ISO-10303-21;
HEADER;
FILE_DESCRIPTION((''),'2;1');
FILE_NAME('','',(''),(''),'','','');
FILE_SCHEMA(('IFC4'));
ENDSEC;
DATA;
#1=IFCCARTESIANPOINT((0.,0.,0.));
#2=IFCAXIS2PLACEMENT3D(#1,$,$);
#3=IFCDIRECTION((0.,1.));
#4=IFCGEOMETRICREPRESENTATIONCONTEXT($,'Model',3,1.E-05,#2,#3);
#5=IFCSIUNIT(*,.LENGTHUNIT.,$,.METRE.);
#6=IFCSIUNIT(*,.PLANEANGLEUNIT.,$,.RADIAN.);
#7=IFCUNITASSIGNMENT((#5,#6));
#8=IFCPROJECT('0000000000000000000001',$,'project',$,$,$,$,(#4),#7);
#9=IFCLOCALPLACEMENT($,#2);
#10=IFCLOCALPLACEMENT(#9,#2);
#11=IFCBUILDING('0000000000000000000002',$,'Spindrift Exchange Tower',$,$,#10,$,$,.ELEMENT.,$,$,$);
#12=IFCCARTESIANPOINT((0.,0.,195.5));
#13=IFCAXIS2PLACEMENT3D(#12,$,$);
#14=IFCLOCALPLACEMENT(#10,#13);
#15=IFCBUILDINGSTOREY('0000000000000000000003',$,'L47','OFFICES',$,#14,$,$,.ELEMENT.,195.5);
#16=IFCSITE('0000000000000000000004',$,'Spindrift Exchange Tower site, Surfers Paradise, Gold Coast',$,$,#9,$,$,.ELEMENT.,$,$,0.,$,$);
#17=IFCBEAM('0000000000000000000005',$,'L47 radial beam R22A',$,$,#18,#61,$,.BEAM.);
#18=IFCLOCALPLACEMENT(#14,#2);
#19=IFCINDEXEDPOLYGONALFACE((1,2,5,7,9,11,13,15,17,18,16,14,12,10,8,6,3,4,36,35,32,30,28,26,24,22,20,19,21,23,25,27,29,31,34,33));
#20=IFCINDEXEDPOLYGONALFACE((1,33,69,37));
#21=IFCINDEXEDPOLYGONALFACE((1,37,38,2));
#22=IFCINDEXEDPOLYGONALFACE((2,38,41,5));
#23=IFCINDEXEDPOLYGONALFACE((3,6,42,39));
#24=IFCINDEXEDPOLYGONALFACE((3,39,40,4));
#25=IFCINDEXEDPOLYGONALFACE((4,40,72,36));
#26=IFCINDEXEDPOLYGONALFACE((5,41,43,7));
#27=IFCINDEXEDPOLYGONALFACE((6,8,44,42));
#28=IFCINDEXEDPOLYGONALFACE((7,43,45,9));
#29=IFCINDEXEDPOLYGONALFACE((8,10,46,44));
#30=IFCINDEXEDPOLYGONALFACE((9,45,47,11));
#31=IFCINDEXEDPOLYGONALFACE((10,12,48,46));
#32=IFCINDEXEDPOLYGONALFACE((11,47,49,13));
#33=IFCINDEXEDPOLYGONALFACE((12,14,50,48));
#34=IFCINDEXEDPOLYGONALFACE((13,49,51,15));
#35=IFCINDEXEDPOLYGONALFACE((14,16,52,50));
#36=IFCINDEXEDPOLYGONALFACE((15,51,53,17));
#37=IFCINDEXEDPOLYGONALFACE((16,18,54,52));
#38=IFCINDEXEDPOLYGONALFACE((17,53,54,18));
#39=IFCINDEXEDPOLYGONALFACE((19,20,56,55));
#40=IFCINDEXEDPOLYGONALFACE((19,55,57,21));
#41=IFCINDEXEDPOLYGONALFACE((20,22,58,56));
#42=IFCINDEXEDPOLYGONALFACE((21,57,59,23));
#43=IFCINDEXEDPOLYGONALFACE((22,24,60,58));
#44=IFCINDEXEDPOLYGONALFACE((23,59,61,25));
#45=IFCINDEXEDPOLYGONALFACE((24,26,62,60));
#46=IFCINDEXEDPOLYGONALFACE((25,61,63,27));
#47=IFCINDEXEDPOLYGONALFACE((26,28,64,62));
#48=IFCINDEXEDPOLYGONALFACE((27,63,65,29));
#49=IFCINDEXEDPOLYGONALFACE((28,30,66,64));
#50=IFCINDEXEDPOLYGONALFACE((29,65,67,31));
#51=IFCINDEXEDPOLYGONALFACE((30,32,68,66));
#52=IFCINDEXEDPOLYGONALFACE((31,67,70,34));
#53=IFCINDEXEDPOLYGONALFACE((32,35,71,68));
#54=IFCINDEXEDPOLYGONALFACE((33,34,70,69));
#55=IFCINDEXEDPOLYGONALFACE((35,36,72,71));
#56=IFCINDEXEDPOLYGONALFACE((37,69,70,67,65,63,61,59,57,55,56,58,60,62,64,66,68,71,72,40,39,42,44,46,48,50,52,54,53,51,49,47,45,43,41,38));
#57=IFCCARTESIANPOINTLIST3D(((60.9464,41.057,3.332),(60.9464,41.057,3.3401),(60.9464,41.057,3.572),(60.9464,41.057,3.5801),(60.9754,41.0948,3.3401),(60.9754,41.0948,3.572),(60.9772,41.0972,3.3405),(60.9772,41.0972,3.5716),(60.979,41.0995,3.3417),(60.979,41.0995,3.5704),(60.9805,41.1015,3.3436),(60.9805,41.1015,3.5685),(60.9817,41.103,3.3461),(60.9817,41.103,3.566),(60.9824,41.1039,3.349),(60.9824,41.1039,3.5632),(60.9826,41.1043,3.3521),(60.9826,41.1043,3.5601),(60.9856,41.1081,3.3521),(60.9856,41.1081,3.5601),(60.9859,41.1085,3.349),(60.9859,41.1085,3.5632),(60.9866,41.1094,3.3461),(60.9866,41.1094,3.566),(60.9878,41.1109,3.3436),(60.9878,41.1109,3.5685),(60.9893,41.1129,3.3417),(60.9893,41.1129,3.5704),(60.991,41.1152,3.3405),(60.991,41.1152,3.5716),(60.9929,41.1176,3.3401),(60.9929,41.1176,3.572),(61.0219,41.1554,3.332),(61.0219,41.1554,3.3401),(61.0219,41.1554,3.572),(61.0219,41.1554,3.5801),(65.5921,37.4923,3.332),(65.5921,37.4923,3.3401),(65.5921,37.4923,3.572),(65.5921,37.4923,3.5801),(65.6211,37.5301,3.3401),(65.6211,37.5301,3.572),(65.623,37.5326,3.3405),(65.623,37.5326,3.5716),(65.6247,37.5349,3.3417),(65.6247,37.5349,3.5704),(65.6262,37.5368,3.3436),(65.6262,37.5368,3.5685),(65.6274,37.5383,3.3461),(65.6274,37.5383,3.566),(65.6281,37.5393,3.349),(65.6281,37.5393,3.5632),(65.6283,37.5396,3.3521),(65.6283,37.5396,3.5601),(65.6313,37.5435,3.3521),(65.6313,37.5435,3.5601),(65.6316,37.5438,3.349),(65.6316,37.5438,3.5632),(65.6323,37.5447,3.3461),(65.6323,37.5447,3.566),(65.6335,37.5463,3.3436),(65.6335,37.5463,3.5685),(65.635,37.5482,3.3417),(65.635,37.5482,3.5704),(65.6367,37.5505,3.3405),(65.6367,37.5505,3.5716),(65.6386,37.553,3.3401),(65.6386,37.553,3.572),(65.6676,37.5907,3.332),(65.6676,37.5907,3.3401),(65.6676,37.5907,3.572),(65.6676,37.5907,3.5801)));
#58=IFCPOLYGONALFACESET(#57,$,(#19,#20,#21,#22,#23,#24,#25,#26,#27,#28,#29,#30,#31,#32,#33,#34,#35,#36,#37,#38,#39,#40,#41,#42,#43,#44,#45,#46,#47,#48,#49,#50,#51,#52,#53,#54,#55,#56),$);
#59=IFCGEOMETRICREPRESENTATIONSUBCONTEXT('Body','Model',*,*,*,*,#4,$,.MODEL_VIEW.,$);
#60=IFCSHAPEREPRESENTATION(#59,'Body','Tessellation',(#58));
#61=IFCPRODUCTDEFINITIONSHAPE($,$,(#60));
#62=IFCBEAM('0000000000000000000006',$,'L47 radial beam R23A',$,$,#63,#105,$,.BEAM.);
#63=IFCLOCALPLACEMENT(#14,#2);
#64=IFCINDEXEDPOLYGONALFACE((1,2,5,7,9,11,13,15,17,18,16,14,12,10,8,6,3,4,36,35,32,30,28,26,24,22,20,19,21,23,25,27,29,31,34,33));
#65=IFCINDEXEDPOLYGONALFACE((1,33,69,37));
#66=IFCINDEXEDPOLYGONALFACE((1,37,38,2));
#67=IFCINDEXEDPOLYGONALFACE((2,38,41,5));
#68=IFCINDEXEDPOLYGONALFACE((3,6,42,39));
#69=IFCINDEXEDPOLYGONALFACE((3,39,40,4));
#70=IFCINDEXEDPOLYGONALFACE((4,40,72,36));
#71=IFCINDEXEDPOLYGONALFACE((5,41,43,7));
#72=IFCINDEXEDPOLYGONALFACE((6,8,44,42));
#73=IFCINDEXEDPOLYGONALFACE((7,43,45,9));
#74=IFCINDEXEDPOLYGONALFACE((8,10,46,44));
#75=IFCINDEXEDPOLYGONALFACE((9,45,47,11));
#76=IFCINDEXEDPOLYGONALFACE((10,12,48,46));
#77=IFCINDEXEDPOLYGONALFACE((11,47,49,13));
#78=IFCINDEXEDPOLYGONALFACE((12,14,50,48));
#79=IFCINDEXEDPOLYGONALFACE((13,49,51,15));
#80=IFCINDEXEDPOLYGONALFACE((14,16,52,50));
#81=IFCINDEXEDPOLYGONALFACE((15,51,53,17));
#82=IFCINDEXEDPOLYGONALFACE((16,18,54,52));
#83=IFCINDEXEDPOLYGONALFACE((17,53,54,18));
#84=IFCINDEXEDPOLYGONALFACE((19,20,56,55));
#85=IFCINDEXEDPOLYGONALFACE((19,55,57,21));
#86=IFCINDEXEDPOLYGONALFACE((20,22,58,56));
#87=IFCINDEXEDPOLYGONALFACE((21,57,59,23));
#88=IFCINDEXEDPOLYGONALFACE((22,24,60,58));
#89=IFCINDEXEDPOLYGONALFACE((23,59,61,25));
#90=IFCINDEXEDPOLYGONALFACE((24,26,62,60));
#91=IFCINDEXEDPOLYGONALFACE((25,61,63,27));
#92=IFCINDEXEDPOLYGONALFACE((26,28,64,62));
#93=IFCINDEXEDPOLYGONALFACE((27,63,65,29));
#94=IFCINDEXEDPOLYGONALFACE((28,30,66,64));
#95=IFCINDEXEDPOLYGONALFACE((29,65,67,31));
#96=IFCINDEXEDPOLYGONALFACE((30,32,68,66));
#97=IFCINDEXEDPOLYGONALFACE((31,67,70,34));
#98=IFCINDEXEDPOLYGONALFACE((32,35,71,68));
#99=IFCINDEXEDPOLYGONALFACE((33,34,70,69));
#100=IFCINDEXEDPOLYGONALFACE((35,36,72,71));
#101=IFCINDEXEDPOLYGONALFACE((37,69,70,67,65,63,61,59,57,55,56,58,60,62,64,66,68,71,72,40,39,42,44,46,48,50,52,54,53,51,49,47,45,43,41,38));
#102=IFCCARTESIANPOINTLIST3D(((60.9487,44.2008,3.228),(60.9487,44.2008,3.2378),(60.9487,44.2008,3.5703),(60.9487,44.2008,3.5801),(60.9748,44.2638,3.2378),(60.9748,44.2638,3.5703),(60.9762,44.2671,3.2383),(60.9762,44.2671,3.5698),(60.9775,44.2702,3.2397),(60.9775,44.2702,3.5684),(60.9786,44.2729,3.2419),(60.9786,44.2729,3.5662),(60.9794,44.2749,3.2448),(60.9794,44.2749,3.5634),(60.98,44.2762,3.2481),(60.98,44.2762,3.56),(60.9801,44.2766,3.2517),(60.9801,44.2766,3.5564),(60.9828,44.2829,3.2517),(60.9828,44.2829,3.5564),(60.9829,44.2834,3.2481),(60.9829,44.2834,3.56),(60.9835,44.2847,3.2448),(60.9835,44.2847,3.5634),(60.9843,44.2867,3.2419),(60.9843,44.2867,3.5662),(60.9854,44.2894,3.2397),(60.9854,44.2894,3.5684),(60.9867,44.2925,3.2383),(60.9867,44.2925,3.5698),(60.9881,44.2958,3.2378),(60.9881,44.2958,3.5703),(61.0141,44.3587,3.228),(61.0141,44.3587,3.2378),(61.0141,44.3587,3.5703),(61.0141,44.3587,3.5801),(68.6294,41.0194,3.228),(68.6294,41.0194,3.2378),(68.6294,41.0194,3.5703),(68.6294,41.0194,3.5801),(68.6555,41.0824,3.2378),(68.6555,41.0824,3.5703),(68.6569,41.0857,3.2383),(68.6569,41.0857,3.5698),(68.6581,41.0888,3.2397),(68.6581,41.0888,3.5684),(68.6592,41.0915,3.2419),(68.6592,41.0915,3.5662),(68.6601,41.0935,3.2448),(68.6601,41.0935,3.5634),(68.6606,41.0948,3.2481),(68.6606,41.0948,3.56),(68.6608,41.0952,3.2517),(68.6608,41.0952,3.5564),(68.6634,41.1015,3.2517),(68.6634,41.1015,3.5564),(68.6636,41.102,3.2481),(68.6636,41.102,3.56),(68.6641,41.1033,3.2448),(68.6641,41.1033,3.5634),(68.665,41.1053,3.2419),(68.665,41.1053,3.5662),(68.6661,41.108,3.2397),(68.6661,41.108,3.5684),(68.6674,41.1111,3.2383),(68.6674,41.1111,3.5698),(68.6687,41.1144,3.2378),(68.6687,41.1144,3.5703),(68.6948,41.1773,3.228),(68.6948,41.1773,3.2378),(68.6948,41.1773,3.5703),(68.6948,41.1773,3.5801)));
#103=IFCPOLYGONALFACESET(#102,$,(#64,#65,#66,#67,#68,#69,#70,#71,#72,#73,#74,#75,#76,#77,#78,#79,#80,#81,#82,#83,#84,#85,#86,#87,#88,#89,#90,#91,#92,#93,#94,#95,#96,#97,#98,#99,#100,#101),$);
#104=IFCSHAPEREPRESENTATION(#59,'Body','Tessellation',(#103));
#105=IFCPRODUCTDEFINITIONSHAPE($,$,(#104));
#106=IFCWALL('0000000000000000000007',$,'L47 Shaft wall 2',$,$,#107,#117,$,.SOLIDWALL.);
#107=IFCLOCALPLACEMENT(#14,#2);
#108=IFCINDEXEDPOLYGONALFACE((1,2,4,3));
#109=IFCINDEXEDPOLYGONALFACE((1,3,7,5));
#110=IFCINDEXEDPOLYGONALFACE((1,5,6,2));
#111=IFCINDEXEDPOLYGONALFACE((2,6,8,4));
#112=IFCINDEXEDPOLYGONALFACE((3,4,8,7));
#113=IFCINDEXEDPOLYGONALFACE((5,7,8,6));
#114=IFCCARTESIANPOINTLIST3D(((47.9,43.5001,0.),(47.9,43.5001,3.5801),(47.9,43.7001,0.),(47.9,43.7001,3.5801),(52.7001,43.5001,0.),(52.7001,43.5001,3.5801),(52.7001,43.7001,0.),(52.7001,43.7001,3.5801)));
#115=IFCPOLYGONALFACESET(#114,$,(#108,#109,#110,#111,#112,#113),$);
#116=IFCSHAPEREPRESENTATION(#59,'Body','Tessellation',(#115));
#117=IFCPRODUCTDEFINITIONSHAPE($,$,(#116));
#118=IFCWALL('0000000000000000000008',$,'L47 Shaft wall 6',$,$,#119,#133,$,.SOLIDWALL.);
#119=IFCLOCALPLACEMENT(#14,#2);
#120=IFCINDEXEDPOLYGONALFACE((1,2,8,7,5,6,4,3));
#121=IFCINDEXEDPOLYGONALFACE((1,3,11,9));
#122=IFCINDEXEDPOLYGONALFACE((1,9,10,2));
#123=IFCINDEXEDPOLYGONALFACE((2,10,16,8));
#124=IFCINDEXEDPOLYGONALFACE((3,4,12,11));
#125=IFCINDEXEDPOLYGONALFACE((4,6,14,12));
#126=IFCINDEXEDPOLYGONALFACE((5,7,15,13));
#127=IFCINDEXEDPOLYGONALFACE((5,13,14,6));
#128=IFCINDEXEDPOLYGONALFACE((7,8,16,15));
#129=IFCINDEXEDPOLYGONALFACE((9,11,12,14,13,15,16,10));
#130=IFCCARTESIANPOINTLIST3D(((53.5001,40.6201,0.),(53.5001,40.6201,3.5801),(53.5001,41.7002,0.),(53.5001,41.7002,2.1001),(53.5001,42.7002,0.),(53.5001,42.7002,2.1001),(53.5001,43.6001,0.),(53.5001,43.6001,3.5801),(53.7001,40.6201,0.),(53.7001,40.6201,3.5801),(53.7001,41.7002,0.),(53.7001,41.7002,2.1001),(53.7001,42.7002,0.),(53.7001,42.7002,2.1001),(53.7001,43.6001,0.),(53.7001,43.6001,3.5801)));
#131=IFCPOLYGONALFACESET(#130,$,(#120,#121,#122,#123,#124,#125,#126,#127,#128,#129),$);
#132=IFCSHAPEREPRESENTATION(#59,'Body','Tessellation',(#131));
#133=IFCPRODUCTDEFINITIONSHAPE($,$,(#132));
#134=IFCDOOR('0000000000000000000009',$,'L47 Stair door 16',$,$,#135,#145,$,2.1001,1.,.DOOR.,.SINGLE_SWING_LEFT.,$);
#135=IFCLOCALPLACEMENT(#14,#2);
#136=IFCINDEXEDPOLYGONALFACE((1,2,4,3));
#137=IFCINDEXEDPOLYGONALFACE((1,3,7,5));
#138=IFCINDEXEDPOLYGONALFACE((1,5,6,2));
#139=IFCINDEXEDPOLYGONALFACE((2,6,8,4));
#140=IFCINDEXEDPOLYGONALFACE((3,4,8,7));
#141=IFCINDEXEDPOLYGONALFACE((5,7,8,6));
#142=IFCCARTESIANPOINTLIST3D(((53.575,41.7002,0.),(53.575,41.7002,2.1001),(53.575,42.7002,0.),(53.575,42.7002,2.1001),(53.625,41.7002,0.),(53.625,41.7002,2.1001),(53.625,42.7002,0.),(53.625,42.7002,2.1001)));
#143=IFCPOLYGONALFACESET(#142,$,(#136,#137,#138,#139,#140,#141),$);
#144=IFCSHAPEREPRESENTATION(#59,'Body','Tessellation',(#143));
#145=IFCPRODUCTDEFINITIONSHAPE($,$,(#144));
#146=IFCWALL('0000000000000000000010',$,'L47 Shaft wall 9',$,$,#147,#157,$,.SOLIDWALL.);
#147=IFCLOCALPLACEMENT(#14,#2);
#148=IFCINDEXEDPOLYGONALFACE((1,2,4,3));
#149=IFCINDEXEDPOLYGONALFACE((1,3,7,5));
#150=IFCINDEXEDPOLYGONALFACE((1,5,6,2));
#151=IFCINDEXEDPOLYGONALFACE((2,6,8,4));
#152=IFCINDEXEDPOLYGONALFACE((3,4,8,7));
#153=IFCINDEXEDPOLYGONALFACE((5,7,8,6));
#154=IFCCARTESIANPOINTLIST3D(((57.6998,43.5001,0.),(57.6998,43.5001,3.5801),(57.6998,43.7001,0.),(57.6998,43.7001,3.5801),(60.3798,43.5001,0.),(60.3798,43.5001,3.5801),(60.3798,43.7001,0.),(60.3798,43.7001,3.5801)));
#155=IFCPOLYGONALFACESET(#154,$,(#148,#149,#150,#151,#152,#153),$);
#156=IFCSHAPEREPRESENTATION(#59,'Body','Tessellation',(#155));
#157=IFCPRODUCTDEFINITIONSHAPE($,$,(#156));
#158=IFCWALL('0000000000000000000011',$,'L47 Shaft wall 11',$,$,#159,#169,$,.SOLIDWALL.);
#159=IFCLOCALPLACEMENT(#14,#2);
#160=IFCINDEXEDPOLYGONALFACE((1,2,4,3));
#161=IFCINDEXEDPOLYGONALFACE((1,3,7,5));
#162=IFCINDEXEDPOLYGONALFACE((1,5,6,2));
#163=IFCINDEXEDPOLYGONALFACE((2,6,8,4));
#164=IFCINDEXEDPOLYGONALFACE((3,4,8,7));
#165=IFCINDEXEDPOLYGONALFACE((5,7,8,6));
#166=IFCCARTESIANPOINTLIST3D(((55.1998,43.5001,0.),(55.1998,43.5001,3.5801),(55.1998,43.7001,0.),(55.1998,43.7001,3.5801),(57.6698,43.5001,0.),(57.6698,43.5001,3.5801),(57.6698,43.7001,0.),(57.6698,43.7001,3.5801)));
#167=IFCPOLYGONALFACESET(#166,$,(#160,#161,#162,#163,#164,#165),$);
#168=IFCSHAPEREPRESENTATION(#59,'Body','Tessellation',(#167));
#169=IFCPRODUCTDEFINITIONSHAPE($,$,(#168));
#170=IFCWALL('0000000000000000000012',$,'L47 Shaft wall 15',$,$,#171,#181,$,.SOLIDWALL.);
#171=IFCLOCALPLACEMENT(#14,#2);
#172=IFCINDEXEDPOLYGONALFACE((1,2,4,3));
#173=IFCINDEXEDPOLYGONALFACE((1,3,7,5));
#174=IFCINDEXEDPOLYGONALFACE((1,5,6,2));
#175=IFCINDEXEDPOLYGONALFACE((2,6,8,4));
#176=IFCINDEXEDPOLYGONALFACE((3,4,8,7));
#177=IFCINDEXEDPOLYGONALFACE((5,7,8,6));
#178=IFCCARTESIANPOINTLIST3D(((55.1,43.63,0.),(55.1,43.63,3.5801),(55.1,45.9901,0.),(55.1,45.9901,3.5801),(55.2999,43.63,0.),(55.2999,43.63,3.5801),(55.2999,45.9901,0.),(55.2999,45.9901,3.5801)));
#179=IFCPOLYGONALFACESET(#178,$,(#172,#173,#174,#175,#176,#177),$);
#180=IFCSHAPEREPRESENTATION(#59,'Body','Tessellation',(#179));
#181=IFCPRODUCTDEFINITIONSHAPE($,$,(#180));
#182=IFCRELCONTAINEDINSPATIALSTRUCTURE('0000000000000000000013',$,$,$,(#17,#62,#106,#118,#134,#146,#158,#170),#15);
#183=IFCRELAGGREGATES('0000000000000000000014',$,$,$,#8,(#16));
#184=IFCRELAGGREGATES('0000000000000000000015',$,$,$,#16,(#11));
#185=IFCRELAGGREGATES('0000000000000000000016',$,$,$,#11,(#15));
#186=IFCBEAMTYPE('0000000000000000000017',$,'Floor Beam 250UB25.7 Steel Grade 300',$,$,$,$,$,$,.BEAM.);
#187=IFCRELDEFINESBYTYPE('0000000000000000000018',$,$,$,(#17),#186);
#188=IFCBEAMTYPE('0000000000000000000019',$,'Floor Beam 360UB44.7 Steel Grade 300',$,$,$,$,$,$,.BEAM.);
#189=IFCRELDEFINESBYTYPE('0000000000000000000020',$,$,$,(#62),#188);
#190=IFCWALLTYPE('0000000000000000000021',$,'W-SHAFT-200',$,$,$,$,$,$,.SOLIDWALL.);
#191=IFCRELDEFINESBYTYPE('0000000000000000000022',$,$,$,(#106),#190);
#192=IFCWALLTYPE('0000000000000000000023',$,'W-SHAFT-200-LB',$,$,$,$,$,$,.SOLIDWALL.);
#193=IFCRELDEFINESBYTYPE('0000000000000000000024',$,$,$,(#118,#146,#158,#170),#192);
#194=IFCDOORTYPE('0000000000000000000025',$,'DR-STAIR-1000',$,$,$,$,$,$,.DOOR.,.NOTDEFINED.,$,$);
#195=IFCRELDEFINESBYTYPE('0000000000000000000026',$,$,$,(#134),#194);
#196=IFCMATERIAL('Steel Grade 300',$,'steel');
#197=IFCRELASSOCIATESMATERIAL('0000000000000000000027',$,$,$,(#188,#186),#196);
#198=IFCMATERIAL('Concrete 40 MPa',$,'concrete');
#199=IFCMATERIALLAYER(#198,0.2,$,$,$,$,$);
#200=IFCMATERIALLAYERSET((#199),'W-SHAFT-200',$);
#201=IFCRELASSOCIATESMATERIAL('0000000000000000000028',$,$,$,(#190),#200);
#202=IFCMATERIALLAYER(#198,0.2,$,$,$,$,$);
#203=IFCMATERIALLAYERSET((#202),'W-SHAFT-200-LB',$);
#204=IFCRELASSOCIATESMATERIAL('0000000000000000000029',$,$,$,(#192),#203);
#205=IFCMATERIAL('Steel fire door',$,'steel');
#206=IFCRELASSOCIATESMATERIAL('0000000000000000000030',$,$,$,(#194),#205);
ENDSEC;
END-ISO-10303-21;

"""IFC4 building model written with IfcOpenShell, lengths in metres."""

from ifc_helpers import new_model, si_unit, direction, frame, frame_2d, origin, origin_2d, place, context, subcontext, project, spatial, rectangle, i_section, extrude, source, transform, mapped, material, layer, layer_set, material_profile, profile_set, type_object, element, fill, save


model = new_model("IFC4")

# Units and contexts
model_context = context("Model", 3, precision=1e-05, world=origin(), true_north=direction((0.0, 1.0)))
body_context = subcontext(model_context, "Body", "Model", "MODEL_VIEW")
ifc_project = project(units=[si_unit("LENGTHUNIT", "METRE"), si_unit("PLANEANGLEUNIT", "RADIAN")], contexts=[model_context])

# Site, building, storey
site_placement = place(None, origin())
site = spatial("IfcSite", under=ifc_project, at=site_placement, Name="Spindrift Exchange Tower site, Surfers Paradise, Gold Coast", CompositionType="ELEMENT", RefElevation=0.0)
building_placement = place(site_placement, origin())
building = spatial("IfcBuilding", under=site, at=building_placement, Name="Spindrift Exchange Tower", CompositionType="ELEMENT")
storey_placement = place(building_placement, frame((0.0, 0.0, 195.5)))
storey = spatial("IfcBuildingStorey", under=building, at=storey_placement, Name="L47", Description="OFFICES", CompositionType="ELEMENT", Elevation=195.5)

# Beams
ifc_material_1 = material(Name="Steel Grade 300", Category="steel")
ifc_material_profile_1 = material_profile(ifc_material_1, i_section(OverallWidth=0.1709, OverallDepth=0.3521, WebThickness=0.0068, FlangeThickness=0.0098, FilletRadius=0.0139, at=origin_2d()), Name="360UB44.7")
ifc_profile_set_1 = profile_set([ifc_material_profile_1], Name="Steel Grade 300")
beam_type_1 = type_object("IfcBeamType", Name="Floor Beam 360UB44.7 Steel Grade 300", PredefinedType="BEAM", material=ifc_profile_set_1)
ifc_material_profile_2 = material_profile(ifc_material_1, i_section(OverallWidth=0.124, OverallDepth=0.248, WebThickness=0.0049, FlangeThickness=0.0081, FilletRadius=0.012, at=origin_2d()), Name="250UB25.7")
ifc_profile_set_2 = profile_set([ifc_material_profile_2], Name="Steel Grade 300")
beam_type_2 = type_object("IfcBeamType", Name="Floor Beam 250UB25.7 Steel Grade 300", PredefinedType="BEAM", material=ifc_profile_set_2)
shared_shape_1 = source(origin(), body_context, "Body", "SweptSolid", [
    extrude(i_section(OverallWidth=0.124, OverallDepth=0.248, WebThickness=0.0049, FlangeThickness=0.0081, FilletRadius=0.012, at=origin_2d()), origin(), (0.0, 0.0, 1.0), 5.8557),
])
beam_1_placement = place(storey_placement, frame((60.9841, 41.1062, 3.4561), z_axis=(0.793363, -0.608749, 0.0), x_axis=(0.608749, 0.793363, 0.0)))
element("IfcBeam", 1, at=beam_1_placement, inside=storey, type_object=beam_type_2, Name="L47 radial beam R22A", PredefinedType="BEAM", context=body_context, shape_type="MappedRepresentation", body=[
    mapped(shared_shape_1, transform((0.0, 0.0, 0.0), scale=1.0)),
])
shared_shape_2 = source(origin(), body_context, "Body", "SweptSolid", [
    extrude(i_section(OverallWidth=0.1709, OverallDepth=0.3521, WebThickness=0.0068, FlangeThickness=0.0098, FilletRadius=0.0139, at=origin_2d()), origin(), (0.0, 0.0, 1.0), 8.3135),
])
beam_2_placement = place(storey_placement, frame((60.9814, 44.2798, 3.4041), z_axis=(0.923881, -0.382679, 0.0), x_axis=(0.382679, 0.923881, 0.0)))
element("IfcBeam", 2, at=beam_2_placement, inside=storey, type_object=beam_type_1, Name="L47 radial beam R23A", PredefinedType="BEAM", context=body_context, shape_type="MappedRepresentation", body=[
    mapped(shared_shape_2, transform((0.0, 0.0, 0.0), scale=1.0)),
])

# Wall
ifc_material_2 = material(Name="Concrete 40 MPa", Category="concrete")
ifc_layer_1 = layer(ifc_material_2, 0.2)
ifc_layer_set_1 = layer_set([ifc_layer_1], Name="W-SHAFT-200")
wall_type_1 = type_object("IfcWallType", Name="W-SHAFT-200", PredefinedType="SOLIDWALL", material=ifc_layer_set_1)
wall_1_placement = place(storey_placement, frame((52.7, 43.6001, 0.0), z_axis=(0.0, 0.0, 1.0), x_axis=(-1.0, 0.0, 0.0)))
element("IfcWall", 3, at=wall_1_placement, inside=storey, type_object=wall_type_1, Name="L47 Shaft wall 2", PredefinedType="SOLIDWALL", context=body_context, shape_type="SweptSolid", body=[
    extrude(rectangle(XDim=4.8, YDim=0.2, at=frame_2d((2.3999, 0.0))), origin(), (0.0, 0.0, 1.0), 3.5801),
])

# Wall, opening, door
ifc_layer_2 = layer(ifc_material_2, 0.2)
ifc_layer_set_2 = layer_set([ifc_layer_2], Name="W-SHAFT-200-LB")
wall_type_2 = type_object("IfcWallType", Name="W-SHAFT-200-LB", PredefinedType="SOLIDWALL", material=ifc_layer_set_2)
wall_2_placement = place(storey_placement, frame((53.6001, 43.6001, 0.0), z_axis=(0.0, 0.0, 1.0), x_axis=(0.0, -1.0, 0.0)))
wall_2 = element("IfcWall", 4, at=wall_2_placement, inside=storey, type_object=wall_type_2, Name="L47 Shaft wall 6", PredefinedType="SOLIDWALL", context=body_context, shape_type="SweptSolid", body=[
    extrude(rectangle(XDim=2.98, YDim=0.2, at=frame_2d((1.49, 0.0))), origin(), (0.0, 0.0, 1.0), 3.5801),
])
opening_placement = place(wall_2_placement, frame((0.8999, 0.0, 0.0)))
opening = element("IfcOpeningElement", 5, at=opening_placement, cuts=wall_2, PredefinedType="OPENING", context=body_context, shape_type="SweptSolid", body=[
    extrude(rectangle(XDim=1.0, YDim=2.1001, at=frame_2d((0.5, 1.05))), frame((0.0, 0.1099, 0.0), z_axis=(0.0, -1.0, 0.0), x_axis=(1.0, 0.0, 0.0)), (0.0, 0.0, 1.0), 0.22),
])
ifc_material_3 = material(Name="Steel fire door", Category="steel")
door_type = type_object("IfcDoorType", Name="DR-STAIR-1000", OperationType="NOTDEFINED", PredefinedType="DOOR", material=ifc_material_3)
shared_shape_3 = source(origin(), body_context, "Body", "SweptSolid", [
    extrude(rectangle(XDim=1.0, YDim=2.1001, at=frame_2d((0.5, 1.05))), frame((0.0, 0.0249, 0.0), z_axis=(0.0, -1.0, 0.0), x_axis=(1.0, 0.0, 0.0)), (0.0, 0.0, 1.0), 0.05),
])
door_placement = place(opening_placement, origin())
door = element("IfcDoor", 6, at=door_placement, inside=storey, type_object=door_type, Name="L47 Stair door 16", OperationType="SINGLE_SWING_LEFT", OverallHeight=2.1001, OverallWidth=1.0, PredefinedType="DOOR", context=body_context, shape_type="MappedRepresentation", body=[
    mapped(shared_shape_3, transform((0.0, 0.0, 0.0), scale=1.0)),
])
fill(opening, door)

# Walls
wall_3_placement = place(storey_placement, frame((57.7, 43.6001, 0.0), z_axis=(0.0, 0.0, 1.0), x_axis=(1.0, 0.0, 0.0)))
element("IfcWall", 7, at=wall_3_placement, inside=storey, type_object=wall_type_2, Name="L47 Shaft wall 9", PredefinedType="SOLIDWALL", context=body_context, shape_type="SweptSolid", body=[
    extrude(rectangle(XDim=2.6799, YDim=0.2, at=frame_2d((1.3398, 0.0))), origin(), (0.0, 0.0, 1.0), 3.5801),
])
wall_4_placement = place(storey_placement, frame((55.2, 43.6001, 0.0), z_axis=(0.0, 0.0, 1.0), x_axis=(1.0, 0.0, 0.0)))
element("IfcWall", 8, at=wall_4_placement, inside=storey, type_object=wall_type_2, Name="L47 Shaft wall 11", PredefinedType="SOLIDWALL", context=body_context, shape_type="SweptSolid", body=[
    extrude(rectangle(XDim=2.47, YDim=0.2, at=frame_2d((1.2349, 0.0))), origin(), (0.0, 0.0, 1.0), 3.5801),
])
for number, where, z_axis, x_axis, name in (
    (9, (55.2, 43.6299, 0.0), (0.0, 0.0, 1.0), (0.0, 1.0, 0.0), "L47 Shaft wall 15"),
):
    element("IfcWall", number, at=place(storey_placement, frame(where, z_axis=z_axis, x_axis=x_axis)), inside=storey, type_object=wall_type_2, Name=name, PredefinedType="SOLIDWALL", context=body_context, shape_type="SweptSolid", body=[
        extrude(rectangle(XDim=2.3601, YDim=0.2, at=frame_2d((1.1802, 0.0))), origin(), (0.0, 0.0, 1.0), 3.5801),
    ])

save(model, "model.ifc")
